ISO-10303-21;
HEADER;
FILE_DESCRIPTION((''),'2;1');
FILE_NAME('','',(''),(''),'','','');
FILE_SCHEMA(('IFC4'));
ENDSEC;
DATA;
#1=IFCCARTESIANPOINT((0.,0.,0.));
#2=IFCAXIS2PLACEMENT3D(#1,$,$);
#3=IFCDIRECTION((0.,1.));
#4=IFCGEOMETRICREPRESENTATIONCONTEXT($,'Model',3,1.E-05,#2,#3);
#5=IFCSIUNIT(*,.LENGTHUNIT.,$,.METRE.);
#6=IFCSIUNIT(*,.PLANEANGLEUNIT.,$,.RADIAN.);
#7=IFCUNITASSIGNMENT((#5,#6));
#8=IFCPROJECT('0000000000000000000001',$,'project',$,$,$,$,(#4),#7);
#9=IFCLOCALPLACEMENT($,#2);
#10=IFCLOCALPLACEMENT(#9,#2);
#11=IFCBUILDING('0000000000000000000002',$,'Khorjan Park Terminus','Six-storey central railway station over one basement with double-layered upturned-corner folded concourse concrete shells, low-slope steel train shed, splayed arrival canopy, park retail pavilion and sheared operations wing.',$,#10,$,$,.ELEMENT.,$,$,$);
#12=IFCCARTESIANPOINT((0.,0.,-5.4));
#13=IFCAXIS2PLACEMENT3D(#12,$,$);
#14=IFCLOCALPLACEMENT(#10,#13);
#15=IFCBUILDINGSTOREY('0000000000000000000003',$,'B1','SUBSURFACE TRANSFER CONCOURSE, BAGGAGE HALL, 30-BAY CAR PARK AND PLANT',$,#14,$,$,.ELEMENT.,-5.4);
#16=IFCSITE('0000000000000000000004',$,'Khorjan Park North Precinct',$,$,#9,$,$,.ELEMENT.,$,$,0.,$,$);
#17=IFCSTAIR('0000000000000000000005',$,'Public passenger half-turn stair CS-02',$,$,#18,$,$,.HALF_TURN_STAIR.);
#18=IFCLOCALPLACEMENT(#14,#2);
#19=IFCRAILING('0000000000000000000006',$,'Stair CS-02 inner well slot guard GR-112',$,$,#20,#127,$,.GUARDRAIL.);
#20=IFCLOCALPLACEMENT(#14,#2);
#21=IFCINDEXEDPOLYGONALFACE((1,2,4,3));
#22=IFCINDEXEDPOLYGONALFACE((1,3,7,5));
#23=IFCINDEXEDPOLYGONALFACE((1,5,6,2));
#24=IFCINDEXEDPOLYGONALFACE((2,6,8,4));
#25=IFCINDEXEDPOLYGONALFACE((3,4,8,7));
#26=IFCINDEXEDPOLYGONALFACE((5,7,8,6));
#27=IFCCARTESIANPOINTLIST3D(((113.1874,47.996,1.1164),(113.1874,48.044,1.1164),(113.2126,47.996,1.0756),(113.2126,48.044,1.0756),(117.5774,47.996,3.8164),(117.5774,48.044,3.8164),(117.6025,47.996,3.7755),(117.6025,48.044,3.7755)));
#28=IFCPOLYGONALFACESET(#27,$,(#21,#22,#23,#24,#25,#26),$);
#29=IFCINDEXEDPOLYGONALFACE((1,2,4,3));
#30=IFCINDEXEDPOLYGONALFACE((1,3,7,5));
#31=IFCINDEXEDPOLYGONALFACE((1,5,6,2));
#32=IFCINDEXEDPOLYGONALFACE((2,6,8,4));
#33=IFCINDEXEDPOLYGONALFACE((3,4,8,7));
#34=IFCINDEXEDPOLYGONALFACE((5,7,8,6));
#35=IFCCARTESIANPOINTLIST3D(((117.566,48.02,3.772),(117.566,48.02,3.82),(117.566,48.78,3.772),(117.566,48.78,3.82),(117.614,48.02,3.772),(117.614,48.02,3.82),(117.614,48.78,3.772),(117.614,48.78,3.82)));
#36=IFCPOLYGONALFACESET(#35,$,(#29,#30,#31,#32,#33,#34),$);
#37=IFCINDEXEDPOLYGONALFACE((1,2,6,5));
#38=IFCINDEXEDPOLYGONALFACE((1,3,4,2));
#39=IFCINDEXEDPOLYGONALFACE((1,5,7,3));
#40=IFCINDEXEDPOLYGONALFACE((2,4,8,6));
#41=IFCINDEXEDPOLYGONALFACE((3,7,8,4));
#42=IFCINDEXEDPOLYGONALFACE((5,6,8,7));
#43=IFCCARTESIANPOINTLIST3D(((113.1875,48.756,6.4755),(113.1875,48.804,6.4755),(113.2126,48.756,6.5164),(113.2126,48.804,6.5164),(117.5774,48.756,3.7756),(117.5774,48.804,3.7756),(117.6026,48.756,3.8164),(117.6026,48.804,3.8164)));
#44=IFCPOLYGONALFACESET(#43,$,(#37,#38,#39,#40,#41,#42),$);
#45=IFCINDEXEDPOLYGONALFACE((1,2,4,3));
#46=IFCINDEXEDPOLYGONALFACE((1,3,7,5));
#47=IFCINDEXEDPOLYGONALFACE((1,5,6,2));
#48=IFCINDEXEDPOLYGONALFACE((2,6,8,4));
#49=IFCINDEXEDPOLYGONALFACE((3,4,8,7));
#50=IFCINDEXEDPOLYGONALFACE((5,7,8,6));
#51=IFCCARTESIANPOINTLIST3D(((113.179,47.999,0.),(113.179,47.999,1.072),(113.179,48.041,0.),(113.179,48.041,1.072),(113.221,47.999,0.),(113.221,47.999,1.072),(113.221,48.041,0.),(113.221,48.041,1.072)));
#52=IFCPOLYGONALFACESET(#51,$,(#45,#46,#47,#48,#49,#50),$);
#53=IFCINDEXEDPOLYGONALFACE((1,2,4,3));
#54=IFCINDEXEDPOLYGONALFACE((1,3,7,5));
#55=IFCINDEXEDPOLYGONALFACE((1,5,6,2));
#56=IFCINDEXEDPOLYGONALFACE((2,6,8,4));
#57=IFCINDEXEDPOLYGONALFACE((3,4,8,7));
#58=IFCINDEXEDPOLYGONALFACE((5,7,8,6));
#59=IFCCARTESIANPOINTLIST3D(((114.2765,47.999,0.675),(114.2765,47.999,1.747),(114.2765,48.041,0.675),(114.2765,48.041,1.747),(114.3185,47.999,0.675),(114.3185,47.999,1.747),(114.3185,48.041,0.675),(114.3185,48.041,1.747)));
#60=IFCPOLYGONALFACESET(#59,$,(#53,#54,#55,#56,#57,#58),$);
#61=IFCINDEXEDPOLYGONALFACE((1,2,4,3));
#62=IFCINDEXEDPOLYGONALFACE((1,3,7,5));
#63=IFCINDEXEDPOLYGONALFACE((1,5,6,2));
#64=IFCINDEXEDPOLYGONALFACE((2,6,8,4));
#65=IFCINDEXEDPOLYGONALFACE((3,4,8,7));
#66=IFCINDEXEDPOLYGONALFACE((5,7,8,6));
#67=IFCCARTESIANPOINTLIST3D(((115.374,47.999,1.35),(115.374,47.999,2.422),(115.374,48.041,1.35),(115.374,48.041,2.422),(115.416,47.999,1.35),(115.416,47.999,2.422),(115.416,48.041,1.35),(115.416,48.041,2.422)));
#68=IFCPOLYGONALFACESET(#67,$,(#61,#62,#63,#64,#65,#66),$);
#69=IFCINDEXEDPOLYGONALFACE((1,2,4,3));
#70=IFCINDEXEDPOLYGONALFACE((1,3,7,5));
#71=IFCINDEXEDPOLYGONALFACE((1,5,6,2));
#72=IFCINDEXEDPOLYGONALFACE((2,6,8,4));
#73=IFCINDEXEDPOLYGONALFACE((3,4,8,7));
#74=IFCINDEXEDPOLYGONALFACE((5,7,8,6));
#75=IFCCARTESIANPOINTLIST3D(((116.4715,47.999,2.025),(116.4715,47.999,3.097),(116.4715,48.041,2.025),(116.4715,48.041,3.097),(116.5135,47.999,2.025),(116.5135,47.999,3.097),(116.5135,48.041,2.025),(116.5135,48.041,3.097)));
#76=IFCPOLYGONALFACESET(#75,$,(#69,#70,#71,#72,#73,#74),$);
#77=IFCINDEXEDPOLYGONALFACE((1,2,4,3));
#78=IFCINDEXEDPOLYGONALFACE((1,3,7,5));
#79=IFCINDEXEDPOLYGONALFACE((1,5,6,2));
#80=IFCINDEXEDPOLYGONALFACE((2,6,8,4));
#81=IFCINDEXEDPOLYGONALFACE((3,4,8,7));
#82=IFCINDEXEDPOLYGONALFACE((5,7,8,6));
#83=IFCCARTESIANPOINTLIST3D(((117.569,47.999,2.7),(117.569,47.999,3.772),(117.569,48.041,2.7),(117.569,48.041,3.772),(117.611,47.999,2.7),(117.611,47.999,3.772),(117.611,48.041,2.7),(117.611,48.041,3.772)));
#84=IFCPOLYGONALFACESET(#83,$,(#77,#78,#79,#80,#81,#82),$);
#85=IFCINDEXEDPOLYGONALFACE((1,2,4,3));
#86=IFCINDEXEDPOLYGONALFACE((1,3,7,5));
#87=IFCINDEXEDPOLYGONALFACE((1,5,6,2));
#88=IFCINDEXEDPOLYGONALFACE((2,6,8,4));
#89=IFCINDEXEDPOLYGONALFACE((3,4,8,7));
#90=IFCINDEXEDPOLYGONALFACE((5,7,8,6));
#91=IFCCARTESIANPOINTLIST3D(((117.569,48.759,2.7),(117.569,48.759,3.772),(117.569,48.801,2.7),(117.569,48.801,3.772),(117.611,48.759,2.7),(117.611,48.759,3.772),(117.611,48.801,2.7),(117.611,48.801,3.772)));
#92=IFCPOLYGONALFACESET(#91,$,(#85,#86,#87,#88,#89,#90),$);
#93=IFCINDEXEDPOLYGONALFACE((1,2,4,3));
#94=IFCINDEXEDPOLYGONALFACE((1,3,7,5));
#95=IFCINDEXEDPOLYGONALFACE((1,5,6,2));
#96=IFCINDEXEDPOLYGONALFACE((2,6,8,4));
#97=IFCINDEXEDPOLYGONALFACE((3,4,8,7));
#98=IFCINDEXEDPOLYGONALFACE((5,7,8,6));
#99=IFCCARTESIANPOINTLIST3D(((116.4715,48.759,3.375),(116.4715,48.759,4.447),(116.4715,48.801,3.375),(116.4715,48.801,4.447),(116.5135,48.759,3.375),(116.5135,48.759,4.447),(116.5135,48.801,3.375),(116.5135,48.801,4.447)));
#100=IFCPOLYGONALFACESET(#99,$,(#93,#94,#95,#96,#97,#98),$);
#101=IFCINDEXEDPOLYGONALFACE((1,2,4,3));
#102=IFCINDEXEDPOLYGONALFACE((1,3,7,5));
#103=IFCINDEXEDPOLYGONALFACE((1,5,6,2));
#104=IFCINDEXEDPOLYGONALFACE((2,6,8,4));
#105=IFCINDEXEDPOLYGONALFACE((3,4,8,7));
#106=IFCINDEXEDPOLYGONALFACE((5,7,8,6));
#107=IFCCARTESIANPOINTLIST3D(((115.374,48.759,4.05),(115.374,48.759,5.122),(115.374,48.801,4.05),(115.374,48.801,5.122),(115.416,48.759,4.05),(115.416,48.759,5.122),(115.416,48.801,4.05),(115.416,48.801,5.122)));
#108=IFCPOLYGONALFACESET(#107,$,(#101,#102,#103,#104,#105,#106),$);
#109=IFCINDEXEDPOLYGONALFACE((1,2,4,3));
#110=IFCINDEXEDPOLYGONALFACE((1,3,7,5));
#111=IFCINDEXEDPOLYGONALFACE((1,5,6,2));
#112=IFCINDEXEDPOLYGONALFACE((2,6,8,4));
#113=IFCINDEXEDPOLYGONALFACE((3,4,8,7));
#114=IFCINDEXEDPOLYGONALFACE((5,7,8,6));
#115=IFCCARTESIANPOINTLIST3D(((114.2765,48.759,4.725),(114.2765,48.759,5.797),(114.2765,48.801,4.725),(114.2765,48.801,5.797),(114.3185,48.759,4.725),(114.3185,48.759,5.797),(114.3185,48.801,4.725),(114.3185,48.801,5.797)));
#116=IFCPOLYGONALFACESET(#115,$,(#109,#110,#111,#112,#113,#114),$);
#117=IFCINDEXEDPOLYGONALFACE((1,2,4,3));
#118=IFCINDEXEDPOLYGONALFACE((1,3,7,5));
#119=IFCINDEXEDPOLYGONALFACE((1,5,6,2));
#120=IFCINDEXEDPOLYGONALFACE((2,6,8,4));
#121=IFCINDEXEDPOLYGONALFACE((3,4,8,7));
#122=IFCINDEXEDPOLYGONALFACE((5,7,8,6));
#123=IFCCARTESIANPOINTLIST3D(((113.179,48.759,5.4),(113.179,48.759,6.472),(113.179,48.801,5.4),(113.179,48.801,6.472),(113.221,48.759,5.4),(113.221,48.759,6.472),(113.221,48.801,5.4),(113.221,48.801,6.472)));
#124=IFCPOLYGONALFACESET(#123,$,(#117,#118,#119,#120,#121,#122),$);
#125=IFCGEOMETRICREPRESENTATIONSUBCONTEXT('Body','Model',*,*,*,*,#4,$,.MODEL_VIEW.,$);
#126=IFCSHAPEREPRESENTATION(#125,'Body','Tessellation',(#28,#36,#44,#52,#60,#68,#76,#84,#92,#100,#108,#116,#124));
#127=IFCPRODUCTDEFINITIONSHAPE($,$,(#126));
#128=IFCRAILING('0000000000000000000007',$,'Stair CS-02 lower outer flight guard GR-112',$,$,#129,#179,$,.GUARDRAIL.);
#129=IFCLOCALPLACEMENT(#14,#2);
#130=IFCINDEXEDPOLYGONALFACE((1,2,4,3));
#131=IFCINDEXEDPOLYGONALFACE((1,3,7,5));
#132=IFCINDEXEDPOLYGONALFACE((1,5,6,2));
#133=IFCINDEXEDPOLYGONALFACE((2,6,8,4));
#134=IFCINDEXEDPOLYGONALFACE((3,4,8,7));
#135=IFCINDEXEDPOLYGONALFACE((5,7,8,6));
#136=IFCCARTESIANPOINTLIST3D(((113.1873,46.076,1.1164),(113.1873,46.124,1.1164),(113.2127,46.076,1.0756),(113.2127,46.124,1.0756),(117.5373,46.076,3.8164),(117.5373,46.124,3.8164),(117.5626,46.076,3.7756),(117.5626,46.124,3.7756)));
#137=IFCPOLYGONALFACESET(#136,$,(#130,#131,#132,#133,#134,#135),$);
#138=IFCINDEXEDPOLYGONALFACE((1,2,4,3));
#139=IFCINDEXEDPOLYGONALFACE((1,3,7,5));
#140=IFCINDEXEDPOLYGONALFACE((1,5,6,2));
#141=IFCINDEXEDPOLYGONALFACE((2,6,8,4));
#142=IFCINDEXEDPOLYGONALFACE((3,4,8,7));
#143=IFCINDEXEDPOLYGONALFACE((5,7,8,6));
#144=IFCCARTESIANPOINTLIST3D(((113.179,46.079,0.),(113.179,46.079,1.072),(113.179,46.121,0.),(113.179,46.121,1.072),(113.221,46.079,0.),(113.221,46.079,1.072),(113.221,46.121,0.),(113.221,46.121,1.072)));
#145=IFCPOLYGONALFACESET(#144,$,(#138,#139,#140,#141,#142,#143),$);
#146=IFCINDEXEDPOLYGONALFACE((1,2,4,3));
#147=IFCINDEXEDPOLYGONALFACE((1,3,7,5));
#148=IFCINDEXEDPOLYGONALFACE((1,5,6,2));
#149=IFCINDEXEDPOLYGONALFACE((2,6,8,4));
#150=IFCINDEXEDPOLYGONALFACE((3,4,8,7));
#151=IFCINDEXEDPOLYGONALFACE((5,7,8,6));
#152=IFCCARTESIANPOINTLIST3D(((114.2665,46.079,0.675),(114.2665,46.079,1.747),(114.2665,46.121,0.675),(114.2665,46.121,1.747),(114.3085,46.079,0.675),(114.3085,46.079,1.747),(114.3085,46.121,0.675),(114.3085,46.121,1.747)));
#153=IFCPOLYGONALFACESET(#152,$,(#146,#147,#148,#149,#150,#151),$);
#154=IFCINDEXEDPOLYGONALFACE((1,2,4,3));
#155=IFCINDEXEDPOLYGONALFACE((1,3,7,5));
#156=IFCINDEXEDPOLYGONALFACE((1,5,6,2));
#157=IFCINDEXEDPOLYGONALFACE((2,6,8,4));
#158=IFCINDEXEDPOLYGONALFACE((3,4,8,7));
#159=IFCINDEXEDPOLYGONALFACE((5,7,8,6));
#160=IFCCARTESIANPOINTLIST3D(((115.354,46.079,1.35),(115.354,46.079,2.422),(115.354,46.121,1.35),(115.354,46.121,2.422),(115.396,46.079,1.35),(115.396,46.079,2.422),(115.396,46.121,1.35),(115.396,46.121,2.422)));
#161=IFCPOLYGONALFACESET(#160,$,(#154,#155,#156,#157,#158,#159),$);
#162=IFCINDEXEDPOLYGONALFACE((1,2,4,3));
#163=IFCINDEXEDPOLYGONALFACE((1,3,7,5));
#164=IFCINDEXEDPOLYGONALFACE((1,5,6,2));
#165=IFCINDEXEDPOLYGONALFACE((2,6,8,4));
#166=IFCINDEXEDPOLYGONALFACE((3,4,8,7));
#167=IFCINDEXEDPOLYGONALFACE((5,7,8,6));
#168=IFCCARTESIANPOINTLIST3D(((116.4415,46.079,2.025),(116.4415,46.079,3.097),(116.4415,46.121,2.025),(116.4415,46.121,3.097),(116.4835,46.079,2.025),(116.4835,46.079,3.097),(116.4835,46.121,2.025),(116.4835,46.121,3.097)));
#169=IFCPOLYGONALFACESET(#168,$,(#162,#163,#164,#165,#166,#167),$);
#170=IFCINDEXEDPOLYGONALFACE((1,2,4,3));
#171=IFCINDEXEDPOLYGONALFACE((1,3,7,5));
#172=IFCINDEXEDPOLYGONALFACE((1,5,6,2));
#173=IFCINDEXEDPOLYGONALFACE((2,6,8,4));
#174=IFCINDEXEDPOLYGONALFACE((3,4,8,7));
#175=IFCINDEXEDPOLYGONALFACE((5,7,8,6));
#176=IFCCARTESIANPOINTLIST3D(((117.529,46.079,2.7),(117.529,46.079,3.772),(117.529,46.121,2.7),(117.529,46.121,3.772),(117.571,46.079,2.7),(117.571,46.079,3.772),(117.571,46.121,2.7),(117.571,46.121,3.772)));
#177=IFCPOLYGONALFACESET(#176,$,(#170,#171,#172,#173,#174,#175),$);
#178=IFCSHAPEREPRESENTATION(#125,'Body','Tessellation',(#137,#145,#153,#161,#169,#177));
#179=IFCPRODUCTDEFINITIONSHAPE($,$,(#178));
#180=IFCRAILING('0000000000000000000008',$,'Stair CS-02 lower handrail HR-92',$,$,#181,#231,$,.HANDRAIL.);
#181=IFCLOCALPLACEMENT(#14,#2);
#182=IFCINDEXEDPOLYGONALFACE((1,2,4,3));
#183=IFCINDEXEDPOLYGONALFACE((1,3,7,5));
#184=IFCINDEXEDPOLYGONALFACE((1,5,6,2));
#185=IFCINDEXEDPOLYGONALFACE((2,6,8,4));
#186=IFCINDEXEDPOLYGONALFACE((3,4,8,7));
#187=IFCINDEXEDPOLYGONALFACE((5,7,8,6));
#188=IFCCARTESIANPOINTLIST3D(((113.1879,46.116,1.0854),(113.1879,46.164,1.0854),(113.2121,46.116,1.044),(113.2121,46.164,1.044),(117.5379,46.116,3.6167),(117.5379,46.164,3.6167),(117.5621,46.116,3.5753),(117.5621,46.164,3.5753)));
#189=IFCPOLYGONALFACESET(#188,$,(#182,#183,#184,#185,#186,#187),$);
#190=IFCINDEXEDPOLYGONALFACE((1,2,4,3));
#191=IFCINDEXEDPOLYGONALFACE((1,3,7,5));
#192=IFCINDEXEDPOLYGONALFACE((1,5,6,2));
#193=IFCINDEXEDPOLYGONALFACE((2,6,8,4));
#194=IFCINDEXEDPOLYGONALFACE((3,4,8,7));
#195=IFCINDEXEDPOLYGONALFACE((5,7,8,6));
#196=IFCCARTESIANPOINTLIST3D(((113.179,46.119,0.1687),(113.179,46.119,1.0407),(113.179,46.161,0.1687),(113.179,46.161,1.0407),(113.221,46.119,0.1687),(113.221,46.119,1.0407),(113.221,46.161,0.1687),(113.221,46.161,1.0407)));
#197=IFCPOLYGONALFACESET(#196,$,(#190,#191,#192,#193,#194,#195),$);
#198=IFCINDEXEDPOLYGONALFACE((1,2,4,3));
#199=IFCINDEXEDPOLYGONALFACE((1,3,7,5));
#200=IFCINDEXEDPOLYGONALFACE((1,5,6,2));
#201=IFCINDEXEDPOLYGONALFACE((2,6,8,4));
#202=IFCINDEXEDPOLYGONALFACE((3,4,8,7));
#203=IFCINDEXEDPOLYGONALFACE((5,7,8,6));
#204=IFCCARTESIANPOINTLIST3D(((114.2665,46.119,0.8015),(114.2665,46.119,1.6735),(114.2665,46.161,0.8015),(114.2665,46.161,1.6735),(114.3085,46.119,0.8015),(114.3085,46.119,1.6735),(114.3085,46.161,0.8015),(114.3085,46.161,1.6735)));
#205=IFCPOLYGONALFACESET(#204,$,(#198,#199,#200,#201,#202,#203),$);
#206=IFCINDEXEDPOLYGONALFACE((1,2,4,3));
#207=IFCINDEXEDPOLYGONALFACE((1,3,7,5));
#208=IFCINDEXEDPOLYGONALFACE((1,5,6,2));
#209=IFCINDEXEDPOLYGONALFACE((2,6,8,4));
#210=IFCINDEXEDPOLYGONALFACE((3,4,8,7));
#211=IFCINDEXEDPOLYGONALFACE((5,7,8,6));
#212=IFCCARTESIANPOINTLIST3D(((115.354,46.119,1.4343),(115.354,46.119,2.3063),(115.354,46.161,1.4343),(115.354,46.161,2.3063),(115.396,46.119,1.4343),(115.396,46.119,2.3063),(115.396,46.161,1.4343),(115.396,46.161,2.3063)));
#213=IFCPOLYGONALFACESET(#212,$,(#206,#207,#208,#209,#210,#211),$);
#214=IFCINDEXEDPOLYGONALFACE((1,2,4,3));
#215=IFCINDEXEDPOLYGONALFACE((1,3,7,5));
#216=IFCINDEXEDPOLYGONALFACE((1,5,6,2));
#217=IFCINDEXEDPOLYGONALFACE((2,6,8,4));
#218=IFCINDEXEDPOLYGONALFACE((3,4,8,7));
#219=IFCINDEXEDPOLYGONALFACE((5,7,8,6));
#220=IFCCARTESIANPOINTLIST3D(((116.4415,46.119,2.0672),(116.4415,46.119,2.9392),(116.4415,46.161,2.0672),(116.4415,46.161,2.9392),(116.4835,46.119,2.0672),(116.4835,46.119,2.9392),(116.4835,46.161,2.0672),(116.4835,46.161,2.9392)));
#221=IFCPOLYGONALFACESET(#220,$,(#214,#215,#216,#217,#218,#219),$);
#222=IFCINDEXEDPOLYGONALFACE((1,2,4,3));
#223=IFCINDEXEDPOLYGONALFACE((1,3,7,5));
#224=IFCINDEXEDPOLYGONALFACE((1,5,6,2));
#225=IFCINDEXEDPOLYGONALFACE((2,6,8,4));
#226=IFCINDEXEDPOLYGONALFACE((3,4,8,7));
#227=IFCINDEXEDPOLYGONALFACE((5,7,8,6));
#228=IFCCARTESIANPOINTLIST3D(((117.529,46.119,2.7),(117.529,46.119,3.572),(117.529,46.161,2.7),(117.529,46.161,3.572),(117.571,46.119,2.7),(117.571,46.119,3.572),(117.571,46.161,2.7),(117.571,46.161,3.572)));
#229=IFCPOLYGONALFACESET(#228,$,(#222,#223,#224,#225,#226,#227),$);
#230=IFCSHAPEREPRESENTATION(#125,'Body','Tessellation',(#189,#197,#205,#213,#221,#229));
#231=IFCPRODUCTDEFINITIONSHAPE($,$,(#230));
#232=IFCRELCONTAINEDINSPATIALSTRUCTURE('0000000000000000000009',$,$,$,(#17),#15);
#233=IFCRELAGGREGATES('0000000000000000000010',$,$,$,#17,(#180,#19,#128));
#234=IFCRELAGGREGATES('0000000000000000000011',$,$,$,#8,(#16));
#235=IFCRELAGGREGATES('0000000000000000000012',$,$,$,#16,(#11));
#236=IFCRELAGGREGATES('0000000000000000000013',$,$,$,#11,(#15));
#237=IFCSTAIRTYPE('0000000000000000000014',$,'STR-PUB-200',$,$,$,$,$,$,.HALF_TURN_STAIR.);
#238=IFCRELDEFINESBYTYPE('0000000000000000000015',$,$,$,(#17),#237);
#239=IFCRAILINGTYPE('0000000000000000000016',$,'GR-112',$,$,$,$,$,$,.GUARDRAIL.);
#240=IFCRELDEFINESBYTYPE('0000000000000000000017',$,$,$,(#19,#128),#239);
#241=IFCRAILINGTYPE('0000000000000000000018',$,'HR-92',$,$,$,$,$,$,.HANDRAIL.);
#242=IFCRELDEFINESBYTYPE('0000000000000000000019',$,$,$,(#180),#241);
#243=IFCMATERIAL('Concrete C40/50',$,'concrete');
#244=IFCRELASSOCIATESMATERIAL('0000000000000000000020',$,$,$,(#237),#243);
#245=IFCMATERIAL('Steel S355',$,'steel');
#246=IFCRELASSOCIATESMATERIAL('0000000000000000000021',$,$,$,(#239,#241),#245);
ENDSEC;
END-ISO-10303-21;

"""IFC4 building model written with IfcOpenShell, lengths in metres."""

from ifc_helpers import new_model, si_unit, direction, frame, origin, origin_2d, place, context, subcontext, project, spatial, rectangle, extrude, material, type_object, element, aggregate, save


model = new_model("IFC4")

# Units and contexts
model_context = context("Model", 3, precision=1e-05, world=origin(), true_north=direction((0.0, 1.0)))
body_context = subcontext(model_context, "Body", "Model", "MODEL_VIEW")
ifc_project = project(units=[si_unit("LENGTHUNIT", "METRE"), si_unit("PLANEANGLEUNIT", "RADIAN")], contexts=[model_context])

# Site, building, storey
site_placement = place(None, origin())
site = spatial("IfcSite", under=ifc_project, at=site_placement, Name="Khorjan Park North Precinct", CompositionType="ELEMENT", RefElevation=0.0)
building_placement = place(site_placement, origin())
building = spatial("IfcBuilding", under=site, at=building_placement, Name="Khorjan Park Terminus", Description="Six-storey central railway station over one basement with double-layered upturned-corner folded concourse concrete shells, low-slope steel train shed, splayed arrival canopy, park retail pavilion and sheared operations wing.", CompositionType="ELEMENT")
storey_placement = place(building_placement, frame((0.0, 0.0, -5.4)))
storey = spatial("IfcBuildingStorey", under=building, at=storey_placement, Name="B1", Description="SUBSURFACE TRANSFER CONCOURSE, BAGGAGE HALL, 30-BAY CAR PARK AND PLANT", CompositionType="ELEMENT", Elevation=-5.4)

# Shared definitions
ifc_material_1 = material(Name="Concrete C40/50", Category="concrete")

# Stair, railings
stair_type = type_object("IfcStairType", Name="STR-PUB-200", PredefinedType="HALF_TURN_STAIR", material=ifc_material_1)
stair_placement = place(storey_placement, origin())
stair = element("IfcStair", 1, at=stair_placement, inside=storey, type_object=stair_type, Name="Public passenger half-turn stair CS-02", PredefinedType="HALF_TURN_STAIR")
ifc_material_2 = material(Name="Steel S355", Category="steel")
railing_type_1 = type_object("IfcRailingType", Name="GR-112", PredefinedType="GUARDRAIL", material=ifc_material_2)
railing_1_placement = place(storey_placement, frame((113.2, 48.02, 0.0)))
railing_1 = element("IfcRailing", 2, at=railing_1_placement, type_object=railing_type_1, Name="Stair CS-02 inner well slot guard GR-112", PredefinedType="GUARDRAIL", context=body_context, shape_type="SweptSolid", body=[
    extrude(rectangle(XDim=0.048, YDim=0.048, at=origin_2d()), frame((0.0, 0.0, 1.096), z_axis=(0.851792, 0.0, 0.523881), x_axis=(0.0, 1.0, 0.0)), (0.0, 0.0, 1.0), 5.1538),
    extrude(rectangle(XDim=0.048, YDim=0.048, at=origin_2d()), frame((4.39, 0.0, 3.796), z_axis=(0.0, 1.0, 0.0), x_axis=(-1.0, 0.0, 0.0)), (0.0, 0.0, 1.0), 0.76),
    extrude(rectangle(XDim=0.048, YDim=0.048, at=origin_2d()), frame((4.39, 0.76, 3.796), z_axis=(-0.851792, 0.0, 0.523881), x_axis=(0.0, -1.0, 0.0)), (0.0, 0.0, 1.0), 5.1538),
    extrude(rectangle(XDim=0.042, YDim=0.042, at=origin_2d()), origin(), (0.0, 0.0, 1.0), 1.072),
    extrude(rectangle(XDim=0.042, YDim=0.042, at=origin_2d()), frame((1.0975, 0.0, 0.675)), (0.0, 0.0, 1.0), 1.072),
    extrude(rectangle(XDim=0.042, YDim=0.042, at=origin_2d()), frame((2.195, 0.0, 1.35)), (0.0, 0.0, 1.0), 1.072),
    extrude(rectangle(XDim=0.042, YDim=0.042, at=origin_2d()), frame((3.2925, 0.0, 2.025)), (0.0, 0.0, 1.0), 1.072),
    extrude(rectangle(XDim=0.042, YDim=0.042, at=origin_2d()), frame((4.39, 0.0, 2.7)), (0.0, 0.0, 1.0), 1.072),
    extrude(rectangle(XDim=0.042, YDim=0.042, at=origin_2d()), frame((4.39, 0.76, 2.7)), (0.0, 0.0, 1.0), 1.072),
    extrude(rectangle(XDim=0.042, YDim=0.042, at=origin_2d()), frame((3.2925, 0.76, 3.375)), (0.0, 0.0, 1.0), 1.072),
    extrude(rectangle(XDim=0.042, YDim=0.042, at=origin_2d()), frame((2.195, 0.76, 4.05)), (0.0, 0.0, 1.0), 1.072),
    extrude(rectangle(XDim=0.042, YDim=0.042, at=origin_2d()), frame((1.0975, 0.76, 4.725)), (0.0, 0.0, 1.0), 1.072),
    extrude(rectangle(XDim=0.042, YDim=0.042, at=origin_2d()), frame((0.0, 0.76, 5.4)), (0.0, 0.0, 1.0), 1.072),
])
railing_2_placement = place(storey_placement, frame((113.2, 46.1, 0.0)))
railing_2 = element("IfcRailing", 3, at=railing_2_placement, type_object=railing_type_1, Name="Stair CS-02 lower outer flight guard GR-112", PredefinedType="GUARDRAIL", context=body_context, shape_type="SweptSolid", body=[
    extrude(rectangle(XDim=0.048, YDim=0.048, at=origin_2d()), frame((0.0, 0.0, 1.096), z_axis=(0.84964, 0.0, 0.527363), x_axis=(0.0, 1.0, 0.0)), (0.0, 0.0, 1.0), 5.1198),
    extrude(rectangle(XDim=0.042, YDim=0.042, at=origin_2d()), origin(), (0.0, 0.0, 1.0), 1.072),
    extrude(rectangle(XDim=0.042, YDim=0.042, at=origin_2d()), frame((1.0875, 0.0, 0.675)), (0.0, 0.0, 1.0), 1.072),
    extrude(rectangle(XDim=0.042, YDim=0.042, at=origin_2d()), frame((2.175, 0.0, 1.35)), (0.0, 0.0, 1.0), 1.072),
    extrude(rectangle(XDim=0.042, YDim=0.042, at=origin_2d()), frame((3.2625, 0.0, 2.025)), (0.0, 0.0, 1.0), 1.072),
    extrude(rectangle(XDim=0.042, YDim=0.042, at=origin_2d()), frame((4.35, 0.0, 2.7)), (0.0, 0.0, 1.0), 1.072),
])
railing_type_2 = type_object("IfcRailingType", Name="HR-92", PredefinedType="HANDRAIL", material=ifc_material_2)
railing_3_placement = place(storey_placement, frame((113.2, 46.14, 0.1687)))
railing_3 = element("IfcRailing", 4, at=railing_3_placement, type_object=railing_type_2, Name="Stair CS-02 lower handrail HR-92", PredefinedType="HANDRAIL", context=body_context, shape_type="SweptSolid", body=[
    extrude(rectangle(XDim=0.048, YDim=0.048, at=origin_2d()), frame((0.0, 0.0, 0.896), z_axis=(0.864315, 0.0, 0.502952), x_axis=(0.0, 1.0, 0.0)), (0.0, 0.0, 1.0), 5.0329),
    extrude(rectangle(XDim=0.042, YDim=0.042, at=origin_2d()), origin(), (0.0, 0.0, 1.0), 0.872),
    extrude(rectangle(XDim=0.042, YDim=0.042, at=origin_2d()), frame((1.0875, 0.0, 0.6328)), (0.0, 0.0, 1.0), 0.872),
    extrude(rectangle(XDim=0.042, YDim=0.042, at=origin_2d()), frame((2.175, 0.0, 1.2656)), (0.0, 0.0, 1.0), 0.872),
    extrude(rectangle(XDim=0.042, YDim=0.042, at=origin_2d()), frame((3.2625, 0.0, 1.8985)), (0.0, 0.0, 1.0), 0.872),
    extrude(rectangle(XDim=0.042, YDim=0.042, at=origin_2d()), frame((4.35, 0.0, 2.5313)), (0.0, 0.0, 1.0), 0.872),
])
aggregate(stair, [railing_3, railing_1, railing_2])

save(model, "model.ifc")
